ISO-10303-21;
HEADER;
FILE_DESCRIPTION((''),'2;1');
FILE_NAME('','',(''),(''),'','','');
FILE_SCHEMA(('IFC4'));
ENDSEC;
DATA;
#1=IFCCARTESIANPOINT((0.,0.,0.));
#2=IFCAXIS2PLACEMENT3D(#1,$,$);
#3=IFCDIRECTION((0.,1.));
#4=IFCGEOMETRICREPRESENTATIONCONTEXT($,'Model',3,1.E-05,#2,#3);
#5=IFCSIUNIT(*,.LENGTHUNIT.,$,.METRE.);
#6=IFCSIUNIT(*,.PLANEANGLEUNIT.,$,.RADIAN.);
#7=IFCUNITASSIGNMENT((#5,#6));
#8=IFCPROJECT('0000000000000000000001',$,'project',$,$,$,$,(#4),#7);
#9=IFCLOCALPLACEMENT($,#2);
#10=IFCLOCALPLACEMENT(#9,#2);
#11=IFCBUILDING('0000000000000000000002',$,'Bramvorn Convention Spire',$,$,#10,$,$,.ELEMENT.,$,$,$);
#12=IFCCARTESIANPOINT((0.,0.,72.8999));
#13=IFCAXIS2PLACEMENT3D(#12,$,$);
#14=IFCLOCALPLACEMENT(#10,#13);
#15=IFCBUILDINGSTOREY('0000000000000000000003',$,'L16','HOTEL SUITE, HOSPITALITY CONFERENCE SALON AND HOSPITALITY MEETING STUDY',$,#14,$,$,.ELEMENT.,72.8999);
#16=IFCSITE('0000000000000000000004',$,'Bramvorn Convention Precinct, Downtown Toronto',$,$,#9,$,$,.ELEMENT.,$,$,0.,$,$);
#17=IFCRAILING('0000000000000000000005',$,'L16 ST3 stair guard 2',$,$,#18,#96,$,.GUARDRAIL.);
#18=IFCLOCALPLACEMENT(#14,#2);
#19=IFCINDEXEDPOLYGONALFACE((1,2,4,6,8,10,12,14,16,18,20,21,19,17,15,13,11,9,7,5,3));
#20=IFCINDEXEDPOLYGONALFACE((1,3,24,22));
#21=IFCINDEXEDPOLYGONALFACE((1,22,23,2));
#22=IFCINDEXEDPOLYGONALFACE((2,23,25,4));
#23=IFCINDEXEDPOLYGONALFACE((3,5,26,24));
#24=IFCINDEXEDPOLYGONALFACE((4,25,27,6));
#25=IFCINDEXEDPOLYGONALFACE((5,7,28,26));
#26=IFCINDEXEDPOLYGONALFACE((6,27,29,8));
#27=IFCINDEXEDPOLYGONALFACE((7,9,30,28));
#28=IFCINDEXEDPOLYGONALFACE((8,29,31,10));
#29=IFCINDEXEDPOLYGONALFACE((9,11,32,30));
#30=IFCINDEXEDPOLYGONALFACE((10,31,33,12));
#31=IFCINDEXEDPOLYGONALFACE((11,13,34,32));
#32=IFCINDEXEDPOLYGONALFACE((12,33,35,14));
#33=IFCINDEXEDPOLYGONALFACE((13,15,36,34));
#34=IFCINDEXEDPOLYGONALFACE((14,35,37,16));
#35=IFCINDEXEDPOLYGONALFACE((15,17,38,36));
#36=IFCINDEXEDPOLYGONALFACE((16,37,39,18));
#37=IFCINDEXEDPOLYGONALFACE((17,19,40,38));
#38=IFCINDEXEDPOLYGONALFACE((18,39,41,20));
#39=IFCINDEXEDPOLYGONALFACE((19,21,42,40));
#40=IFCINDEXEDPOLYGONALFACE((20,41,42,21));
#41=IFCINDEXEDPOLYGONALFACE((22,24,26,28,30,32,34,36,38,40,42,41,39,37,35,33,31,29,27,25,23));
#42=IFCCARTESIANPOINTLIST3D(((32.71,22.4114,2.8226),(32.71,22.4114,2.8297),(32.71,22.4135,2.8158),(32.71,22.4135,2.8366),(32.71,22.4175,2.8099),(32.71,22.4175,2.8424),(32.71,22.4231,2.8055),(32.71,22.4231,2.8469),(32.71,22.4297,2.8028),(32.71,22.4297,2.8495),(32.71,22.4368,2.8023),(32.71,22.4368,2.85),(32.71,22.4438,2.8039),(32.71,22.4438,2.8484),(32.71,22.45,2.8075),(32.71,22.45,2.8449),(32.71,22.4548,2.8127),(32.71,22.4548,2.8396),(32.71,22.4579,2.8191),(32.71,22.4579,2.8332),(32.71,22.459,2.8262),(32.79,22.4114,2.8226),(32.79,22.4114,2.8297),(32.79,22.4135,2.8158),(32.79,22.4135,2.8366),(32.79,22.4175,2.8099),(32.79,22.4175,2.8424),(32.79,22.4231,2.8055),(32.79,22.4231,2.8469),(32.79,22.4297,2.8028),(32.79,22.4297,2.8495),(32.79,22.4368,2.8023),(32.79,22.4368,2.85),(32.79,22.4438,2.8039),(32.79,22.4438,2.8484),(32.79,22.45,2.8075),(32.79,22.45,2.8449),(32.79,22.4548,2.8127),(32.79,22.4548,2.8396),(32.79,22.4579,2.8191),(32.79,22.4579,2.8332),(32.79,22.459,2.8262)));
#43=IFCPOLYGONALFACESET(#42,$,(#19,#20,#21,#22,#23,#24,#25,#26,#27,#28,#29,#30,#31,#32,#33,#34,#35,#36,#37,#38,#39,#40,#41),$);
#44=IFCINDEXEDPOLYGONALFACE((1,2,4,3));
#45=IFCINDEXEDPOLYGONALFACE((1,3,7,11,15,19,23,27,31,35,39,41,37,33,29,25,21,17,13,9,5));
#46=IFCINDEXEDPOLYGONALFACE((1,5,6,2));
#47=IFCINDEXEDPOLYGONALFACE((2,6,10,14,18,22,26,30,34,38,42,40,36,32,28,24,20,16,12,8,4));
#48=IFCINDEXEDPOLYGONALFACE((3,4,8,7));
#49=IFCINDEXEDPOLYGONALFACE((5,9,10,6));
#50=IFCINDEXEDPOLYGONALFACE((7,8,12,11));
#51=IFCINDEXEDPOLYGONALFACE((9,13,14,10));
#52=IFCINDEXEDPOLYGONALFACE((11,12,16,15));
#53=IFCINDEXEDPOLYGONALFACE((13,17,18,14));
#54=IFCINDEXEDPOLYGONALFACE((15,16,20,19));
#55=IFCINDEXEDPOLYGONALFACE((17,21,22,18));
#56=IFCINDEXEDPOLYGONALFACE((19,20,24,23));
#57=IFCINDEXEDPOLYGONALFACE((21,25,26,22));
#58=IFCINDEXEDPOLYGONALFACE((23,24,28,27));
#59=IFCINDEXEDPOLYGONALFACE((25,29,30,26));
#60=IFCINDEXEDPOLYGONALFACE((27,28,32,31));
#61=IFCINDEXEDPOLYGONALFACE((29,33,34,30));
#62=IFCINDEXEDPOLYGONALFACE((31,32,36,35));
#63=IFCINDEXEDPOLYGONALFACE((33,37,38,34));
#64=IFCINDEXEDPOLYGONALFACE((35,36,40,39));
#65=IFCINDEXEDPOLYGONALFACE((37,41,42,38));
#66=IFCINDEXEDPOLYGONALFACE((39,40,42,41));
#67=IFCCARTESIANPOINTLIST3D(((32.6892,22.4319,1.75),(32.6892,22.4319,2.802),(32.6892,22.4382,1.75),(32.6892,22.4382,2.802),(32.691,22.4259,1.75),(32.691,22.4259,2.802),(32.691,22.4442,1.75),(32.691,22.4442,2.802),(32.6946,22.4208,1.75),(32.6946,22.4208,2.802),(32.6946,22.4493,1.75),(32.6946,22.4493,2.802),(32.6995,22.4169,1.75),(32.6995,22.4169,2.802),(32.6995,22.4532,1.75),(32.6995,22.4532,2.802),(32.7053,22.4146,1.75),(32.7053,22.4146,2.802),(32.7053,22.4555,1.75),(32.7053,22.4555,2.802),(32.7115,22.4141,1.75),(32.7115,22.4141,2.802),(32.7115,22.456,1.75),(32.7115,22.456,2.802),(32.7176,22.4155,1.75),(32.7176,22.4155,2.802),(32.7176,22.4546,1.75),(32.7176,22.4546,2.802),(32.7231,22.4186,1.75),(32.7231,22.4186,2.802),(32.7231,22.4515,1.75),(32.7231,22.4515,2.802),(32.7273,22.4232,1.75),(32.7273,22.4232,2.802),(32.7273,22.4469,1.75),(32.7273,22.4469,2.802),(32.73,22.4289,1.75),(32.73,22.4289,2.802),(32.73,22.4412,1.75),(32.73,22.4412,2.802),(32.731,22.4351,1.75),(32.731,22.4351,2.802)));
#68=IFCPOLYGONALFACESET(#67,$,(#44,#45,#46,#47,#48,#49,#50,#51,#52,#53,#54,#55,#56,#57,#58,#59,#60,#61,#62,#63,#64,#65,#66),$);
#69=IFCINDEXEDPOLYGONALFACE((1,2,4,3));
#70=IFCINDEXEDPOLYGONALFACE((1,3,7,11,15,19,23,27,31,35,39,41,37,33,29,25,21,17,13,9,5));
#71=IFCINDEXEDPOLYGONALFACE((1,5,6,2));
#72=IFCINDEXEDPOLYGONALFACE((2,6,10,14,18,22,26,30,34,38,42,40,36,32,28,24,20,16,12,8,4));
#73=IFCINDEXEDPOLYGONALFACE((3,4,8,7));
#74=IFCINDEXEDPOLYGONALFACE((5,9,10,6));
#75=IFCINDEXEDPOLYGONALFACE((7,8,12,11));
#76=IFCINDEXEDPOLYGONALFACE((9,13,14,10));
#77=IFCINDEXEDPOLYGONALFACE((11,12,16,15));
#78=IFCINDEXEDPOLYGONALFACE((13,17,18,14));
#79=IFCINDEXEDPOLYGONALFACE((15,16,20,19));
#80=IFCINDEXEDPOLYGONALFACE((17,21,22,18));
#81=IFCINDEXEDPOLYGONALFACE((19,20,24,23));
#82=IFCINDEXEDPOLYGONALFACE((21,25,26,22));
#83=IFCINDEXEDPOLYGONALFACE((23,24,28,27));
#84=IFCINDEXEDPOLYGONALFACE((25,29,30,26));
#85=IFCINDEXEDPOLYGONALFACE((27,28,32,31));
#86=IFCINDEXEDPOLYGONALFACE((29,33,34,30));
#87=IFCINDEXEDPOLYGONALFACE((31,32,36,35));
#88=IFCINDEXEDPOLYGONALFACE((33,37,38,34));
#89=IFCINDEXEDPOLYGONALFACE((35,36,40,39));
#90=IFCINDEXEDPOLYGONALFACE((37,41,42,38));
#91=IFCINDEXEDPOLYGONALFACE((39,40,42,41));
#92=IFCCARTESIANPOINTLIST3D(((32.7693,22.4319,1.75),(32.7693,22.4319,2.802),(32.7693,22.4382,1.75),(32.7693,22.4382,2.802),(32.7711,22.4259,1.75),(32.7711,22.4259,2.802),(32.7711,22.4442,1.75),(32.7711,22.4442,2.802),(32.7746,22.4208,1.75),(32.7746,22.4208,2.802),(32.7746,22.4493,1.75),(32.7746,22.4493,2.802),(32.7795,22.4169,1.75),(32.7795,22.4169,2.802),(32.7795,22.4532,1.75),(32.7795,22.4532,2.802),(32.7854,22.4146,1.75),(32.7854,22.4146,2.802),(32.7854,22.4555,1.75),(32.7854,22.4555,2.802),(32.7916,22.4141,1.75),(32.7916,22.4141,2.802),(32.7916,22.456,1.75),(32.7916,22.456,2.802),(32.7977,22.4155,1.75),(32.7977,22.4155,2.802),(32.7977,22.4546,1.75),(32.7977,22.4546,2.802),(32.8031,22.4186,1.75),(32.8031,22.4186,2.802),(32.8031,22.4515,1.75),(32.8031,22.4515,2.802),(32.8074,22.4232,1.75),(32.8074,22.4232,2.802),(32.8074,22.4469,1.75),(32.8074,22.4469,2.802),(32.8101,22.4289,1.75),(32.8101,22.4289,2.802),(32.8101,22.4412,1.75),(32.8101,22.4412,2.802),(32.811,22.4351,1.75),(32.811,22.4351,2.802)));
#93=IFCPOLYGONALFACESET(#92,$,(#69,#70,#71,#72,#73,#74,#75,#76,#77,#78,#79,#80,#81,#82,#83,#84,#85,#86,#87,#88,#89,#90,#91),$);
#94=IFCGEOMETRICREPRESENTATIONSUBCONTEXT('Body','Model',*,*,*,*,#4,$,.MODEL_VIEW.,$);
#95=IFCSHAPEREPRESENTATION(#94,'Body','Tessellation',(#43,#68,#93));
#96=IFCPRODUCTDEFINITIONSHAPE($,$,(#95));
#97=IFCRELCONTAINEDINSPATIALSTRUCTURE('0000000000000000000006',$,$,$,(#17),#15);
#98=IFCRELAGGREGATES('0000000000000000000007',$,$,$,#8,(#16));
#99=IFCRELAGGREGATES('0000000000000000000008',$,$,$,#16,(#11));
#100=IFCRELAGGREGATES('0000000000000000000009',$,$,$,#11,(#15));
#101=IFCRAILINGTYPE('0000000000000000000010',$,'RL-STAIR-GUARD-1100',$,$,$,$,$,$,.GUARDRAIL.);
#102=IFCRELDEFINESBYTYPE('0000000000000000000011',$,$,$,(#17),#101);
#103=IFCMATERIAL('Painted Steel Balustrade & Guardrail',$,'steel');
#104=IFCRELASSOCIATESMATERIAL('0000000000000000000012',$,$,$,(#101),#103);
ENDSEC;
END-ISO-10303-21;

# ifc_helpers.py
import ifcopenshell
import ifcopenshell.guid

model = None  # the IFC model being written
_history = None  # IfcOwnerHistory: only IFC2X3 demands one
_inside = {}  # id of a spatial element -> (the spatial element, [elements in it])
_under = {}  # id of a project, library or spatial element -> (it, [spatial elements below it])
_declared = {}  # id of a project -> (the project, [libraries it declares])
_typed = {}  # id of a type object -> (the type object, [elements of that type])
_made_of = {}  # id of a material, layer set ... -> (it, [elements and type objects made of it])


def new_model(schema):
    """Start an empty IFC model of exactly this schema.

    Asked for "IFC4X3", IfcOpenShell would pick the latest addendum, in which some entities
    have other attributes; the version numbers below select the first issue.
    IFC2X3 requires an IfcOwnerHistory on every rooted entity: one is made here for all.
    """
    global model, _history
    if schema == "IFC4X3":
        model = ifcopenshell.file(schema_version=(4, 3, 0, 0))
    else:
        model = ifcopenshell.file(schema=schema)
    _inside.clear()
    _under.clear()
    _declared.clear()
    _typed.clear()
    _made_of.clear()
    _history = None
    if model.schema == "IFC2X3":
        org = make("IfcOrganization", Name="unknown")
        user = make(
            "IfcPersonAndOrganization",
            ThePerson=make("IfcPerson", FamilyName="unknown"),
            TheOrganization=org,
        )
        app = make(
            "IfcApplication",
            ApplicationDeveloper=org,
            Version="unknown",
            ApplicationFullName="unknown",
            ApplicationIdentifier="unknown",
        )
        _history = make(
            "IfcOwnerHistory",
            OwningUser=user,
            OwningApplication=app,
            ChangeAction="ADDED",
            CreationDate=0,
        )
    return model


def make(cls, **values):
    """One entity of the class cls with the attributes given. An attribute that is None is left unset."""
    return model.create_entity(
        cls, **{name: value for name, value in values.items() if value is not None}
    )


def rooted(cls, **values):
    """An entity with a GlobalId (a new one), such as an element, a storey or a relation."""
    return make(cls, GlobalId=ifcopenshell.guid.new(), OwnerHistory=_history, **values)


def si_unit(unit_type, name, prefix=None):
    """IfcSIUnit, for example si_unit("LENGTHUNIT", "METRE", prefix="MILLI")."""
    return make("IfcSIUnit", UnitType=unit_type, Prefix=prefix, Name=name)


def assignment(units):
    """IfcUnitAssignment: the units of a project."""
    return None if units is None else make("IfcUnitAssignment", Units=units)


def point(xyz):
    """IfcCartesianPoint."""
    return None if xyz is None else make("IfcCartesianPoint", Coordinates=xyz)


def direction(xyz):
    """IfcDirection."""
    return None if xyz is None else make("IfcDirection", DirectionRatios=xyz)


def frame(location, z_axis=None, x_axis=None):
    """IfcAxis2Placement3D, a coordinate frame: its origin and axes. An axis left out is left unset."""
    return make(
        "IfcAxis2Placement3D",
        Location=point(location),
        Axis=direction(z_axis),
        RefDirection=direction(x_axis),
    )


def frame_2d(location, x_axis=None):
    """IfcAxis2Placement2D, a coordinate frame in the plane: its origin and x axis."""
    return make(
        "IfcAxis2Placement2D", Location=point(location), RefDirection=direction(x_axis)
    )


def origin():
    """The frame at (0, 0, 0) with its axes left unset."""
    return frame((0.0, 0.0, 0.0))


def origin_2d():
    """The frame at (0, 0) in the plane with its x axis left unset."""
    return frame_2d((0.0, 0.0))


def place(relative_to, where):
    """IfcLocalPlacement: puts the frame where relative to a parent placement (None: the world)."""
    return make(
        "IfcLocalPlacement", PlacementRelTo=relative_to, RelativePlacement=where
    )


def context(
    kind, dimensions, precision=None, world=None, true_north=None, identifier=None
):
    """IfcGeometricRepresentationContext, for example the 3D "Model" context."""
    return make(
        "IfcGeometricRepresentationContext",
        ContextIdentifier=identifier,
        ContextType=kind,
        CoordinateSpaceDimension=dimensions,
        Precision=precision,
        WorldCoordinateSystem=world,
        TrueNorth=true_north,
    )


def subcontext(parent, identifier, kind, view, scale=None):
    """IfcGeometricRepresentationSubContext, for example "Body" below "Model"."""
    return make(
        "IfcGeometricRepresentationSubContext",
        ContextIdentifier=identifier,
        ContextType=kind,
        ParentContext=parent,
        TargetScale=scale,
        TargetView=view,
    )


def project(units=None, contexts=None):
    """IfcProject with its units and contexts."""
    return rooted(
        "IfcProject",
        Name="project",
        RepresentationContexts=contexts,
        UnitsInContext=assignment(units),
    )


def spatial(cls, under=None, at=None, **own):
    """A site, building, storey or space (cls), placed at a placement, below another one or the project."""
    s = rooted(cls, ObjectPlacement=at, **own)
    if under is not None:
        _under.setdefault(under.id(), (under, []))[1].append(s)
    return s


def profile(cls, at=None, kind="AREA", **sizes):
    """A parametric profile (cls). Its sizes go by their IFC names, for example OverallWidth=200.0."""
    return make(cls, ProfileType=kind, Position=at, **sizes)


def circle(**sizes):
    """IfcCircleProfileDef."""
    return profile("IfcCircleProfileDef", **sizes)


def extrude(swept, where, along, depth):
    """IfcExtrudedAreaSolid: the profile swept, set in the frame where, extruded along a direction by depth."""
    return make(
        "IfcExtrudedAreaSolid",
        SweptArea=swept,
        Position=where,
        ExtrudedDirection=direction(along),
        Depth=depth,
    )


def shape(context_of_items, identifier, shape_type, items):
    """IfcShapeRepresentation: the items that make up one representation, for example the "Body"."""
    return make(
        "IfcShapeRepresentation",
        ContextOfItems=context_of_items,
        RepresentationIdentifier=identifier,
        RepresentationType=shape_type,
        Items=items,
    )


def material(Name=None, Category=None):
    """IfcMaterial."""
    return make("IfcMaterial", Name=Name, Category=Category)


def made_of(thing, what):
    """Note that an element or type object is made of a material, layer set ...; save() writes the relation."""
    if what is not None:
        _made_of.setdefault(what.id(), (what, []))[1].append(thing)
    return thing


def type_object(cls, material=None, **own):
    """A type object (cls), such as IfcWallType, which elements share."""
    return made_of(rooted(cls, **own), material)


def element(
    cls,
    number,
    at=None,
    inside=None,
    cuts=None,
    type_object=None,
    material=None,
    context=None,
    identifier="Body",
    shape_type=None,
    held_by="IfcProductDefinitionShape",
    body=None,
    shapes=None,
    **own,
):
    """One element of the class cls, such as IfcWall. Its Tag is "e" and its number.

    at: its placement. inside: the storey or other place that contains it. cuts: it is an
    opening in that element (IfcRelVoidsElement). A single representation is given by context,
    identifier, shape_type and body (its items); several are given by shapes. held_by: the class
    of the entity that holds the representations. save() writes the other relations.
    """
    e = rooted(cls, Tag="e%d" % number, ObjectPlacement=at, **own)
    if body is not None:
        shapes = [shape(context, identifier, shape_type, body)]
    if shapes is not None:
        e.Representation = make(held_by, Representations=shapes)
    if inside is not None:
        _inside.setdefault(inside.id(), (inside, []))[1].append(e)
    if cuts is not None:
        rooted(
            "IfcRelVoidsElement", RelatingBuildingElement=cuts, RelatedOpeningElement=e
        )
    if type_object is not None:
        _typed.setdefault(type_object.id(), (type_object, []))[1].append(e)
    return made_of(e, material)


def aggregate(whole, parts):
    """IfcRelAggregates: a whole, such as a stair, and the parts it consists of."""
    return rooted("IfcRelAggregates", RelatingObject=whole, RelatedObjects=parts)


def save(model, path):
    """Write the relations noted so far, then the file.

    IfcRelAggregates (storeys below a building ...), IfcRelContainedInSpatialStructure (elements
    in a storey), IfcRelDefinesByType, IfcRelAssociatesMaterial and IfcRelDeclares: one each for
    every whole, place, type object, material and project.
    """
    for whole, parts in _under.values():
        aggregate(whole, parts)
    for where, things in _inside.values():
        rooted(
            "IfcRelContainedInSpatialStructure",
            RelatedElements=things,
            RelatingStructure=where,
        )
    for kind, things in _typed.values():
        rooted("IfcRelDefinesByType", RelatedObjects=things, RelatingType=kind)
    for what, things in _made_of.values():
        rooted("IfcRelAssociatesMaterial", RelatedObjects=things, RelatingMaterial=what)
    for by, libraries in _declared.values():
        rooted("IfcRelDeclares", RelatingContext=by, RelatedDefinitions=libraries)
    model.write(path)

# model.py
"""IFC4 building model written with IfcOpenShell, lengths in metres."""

from ifc_helpers import new_model, si_unit, direction, frame, origin, origin_2d, place, context, subcontext, project, spatial, circle, extrude, material, type_object, element, save


model = new_model("IFC4")

# Units and contexts
model_context = context("Model", 3, precision=1e-05, world=origin(), true_north=direction((0.0, 1.0)))
body_context = subcontext(model_context, "Body", "Model", "MODEL_VIEW")
ifc_project = project(units=[si_unit("LENGTHUNIT", "METRE"), si_unit("PLANEANGLEUNIT", "RADIAN")], contexts=[model_context])

# Site, building, storey
site_placement = place(None, origin())
site = spatial("IfcSite", under=ifc_project, at=site_placement, Name="Bramvorn Convention Precinct, Downtown Toronto", CompositionType="ELEMENT", RefElevation=0.0)
building_placement = place(site_placement, origin())
building = spatial("IfcBuilding", under=site, at=building_placement, Name="Bramvorn Convention Spire", CompositionType="ELEMENT")
storey_placement = place(building_placement, frame((0.0, 0.0, 72.8999)))
storey = spatial("IfcBuildingStorey", under=building, at=storey_placement, Name="L16", Description="HOTEL SUITE, HOSPITALITY CONFERENCE SALON AND HOSPITALITY MEETING STUDY", CompositionType="ELEMENT", Elevation=72.8999)

# Railing
ifc_material_1 = material(Name="Painted Steel Balustrade & Guardrail", Category="steel")
railing_type_1 = type_object("IfcRailingType", Name="RL-STAIR-GUARD-1100", PredefinedType="GUARDRAIL", material=ifc_material_1)
railing_1_placement = place(storey_placement, frame((32.71, 22.4351, 1.75)))
element("IfcRailing", 1, at=railing_1_placement, inside=storey, type_object=railing_type_1, Name="L16 ST3 stair guard 2", PredefinedType="GUARDRAIL", context=body_context, shape_type="SweptSolid", body=[
    extrude(circle(Radius=0.0239, at=origin_2d()), frame((0.0, 0.0, 1.0762), z_axis=(1.0, 0.0, 0.0), x_axis=(0.0, 1.0, 0.0)), (0.0, 0.0, 1.0), 0.0801),
    extrude(circle(Radius=0.021, at=origin_2d()), origin(), (0.0, 0.0, 1.0), 1.052),
    extrude(circle(Radius=0.021, at=origin_2d()), frame((0.0801, 0.0, 0.0)), (0.0, 0.0, 1.0), 1.052),
])

save(model, "model.ifc")
